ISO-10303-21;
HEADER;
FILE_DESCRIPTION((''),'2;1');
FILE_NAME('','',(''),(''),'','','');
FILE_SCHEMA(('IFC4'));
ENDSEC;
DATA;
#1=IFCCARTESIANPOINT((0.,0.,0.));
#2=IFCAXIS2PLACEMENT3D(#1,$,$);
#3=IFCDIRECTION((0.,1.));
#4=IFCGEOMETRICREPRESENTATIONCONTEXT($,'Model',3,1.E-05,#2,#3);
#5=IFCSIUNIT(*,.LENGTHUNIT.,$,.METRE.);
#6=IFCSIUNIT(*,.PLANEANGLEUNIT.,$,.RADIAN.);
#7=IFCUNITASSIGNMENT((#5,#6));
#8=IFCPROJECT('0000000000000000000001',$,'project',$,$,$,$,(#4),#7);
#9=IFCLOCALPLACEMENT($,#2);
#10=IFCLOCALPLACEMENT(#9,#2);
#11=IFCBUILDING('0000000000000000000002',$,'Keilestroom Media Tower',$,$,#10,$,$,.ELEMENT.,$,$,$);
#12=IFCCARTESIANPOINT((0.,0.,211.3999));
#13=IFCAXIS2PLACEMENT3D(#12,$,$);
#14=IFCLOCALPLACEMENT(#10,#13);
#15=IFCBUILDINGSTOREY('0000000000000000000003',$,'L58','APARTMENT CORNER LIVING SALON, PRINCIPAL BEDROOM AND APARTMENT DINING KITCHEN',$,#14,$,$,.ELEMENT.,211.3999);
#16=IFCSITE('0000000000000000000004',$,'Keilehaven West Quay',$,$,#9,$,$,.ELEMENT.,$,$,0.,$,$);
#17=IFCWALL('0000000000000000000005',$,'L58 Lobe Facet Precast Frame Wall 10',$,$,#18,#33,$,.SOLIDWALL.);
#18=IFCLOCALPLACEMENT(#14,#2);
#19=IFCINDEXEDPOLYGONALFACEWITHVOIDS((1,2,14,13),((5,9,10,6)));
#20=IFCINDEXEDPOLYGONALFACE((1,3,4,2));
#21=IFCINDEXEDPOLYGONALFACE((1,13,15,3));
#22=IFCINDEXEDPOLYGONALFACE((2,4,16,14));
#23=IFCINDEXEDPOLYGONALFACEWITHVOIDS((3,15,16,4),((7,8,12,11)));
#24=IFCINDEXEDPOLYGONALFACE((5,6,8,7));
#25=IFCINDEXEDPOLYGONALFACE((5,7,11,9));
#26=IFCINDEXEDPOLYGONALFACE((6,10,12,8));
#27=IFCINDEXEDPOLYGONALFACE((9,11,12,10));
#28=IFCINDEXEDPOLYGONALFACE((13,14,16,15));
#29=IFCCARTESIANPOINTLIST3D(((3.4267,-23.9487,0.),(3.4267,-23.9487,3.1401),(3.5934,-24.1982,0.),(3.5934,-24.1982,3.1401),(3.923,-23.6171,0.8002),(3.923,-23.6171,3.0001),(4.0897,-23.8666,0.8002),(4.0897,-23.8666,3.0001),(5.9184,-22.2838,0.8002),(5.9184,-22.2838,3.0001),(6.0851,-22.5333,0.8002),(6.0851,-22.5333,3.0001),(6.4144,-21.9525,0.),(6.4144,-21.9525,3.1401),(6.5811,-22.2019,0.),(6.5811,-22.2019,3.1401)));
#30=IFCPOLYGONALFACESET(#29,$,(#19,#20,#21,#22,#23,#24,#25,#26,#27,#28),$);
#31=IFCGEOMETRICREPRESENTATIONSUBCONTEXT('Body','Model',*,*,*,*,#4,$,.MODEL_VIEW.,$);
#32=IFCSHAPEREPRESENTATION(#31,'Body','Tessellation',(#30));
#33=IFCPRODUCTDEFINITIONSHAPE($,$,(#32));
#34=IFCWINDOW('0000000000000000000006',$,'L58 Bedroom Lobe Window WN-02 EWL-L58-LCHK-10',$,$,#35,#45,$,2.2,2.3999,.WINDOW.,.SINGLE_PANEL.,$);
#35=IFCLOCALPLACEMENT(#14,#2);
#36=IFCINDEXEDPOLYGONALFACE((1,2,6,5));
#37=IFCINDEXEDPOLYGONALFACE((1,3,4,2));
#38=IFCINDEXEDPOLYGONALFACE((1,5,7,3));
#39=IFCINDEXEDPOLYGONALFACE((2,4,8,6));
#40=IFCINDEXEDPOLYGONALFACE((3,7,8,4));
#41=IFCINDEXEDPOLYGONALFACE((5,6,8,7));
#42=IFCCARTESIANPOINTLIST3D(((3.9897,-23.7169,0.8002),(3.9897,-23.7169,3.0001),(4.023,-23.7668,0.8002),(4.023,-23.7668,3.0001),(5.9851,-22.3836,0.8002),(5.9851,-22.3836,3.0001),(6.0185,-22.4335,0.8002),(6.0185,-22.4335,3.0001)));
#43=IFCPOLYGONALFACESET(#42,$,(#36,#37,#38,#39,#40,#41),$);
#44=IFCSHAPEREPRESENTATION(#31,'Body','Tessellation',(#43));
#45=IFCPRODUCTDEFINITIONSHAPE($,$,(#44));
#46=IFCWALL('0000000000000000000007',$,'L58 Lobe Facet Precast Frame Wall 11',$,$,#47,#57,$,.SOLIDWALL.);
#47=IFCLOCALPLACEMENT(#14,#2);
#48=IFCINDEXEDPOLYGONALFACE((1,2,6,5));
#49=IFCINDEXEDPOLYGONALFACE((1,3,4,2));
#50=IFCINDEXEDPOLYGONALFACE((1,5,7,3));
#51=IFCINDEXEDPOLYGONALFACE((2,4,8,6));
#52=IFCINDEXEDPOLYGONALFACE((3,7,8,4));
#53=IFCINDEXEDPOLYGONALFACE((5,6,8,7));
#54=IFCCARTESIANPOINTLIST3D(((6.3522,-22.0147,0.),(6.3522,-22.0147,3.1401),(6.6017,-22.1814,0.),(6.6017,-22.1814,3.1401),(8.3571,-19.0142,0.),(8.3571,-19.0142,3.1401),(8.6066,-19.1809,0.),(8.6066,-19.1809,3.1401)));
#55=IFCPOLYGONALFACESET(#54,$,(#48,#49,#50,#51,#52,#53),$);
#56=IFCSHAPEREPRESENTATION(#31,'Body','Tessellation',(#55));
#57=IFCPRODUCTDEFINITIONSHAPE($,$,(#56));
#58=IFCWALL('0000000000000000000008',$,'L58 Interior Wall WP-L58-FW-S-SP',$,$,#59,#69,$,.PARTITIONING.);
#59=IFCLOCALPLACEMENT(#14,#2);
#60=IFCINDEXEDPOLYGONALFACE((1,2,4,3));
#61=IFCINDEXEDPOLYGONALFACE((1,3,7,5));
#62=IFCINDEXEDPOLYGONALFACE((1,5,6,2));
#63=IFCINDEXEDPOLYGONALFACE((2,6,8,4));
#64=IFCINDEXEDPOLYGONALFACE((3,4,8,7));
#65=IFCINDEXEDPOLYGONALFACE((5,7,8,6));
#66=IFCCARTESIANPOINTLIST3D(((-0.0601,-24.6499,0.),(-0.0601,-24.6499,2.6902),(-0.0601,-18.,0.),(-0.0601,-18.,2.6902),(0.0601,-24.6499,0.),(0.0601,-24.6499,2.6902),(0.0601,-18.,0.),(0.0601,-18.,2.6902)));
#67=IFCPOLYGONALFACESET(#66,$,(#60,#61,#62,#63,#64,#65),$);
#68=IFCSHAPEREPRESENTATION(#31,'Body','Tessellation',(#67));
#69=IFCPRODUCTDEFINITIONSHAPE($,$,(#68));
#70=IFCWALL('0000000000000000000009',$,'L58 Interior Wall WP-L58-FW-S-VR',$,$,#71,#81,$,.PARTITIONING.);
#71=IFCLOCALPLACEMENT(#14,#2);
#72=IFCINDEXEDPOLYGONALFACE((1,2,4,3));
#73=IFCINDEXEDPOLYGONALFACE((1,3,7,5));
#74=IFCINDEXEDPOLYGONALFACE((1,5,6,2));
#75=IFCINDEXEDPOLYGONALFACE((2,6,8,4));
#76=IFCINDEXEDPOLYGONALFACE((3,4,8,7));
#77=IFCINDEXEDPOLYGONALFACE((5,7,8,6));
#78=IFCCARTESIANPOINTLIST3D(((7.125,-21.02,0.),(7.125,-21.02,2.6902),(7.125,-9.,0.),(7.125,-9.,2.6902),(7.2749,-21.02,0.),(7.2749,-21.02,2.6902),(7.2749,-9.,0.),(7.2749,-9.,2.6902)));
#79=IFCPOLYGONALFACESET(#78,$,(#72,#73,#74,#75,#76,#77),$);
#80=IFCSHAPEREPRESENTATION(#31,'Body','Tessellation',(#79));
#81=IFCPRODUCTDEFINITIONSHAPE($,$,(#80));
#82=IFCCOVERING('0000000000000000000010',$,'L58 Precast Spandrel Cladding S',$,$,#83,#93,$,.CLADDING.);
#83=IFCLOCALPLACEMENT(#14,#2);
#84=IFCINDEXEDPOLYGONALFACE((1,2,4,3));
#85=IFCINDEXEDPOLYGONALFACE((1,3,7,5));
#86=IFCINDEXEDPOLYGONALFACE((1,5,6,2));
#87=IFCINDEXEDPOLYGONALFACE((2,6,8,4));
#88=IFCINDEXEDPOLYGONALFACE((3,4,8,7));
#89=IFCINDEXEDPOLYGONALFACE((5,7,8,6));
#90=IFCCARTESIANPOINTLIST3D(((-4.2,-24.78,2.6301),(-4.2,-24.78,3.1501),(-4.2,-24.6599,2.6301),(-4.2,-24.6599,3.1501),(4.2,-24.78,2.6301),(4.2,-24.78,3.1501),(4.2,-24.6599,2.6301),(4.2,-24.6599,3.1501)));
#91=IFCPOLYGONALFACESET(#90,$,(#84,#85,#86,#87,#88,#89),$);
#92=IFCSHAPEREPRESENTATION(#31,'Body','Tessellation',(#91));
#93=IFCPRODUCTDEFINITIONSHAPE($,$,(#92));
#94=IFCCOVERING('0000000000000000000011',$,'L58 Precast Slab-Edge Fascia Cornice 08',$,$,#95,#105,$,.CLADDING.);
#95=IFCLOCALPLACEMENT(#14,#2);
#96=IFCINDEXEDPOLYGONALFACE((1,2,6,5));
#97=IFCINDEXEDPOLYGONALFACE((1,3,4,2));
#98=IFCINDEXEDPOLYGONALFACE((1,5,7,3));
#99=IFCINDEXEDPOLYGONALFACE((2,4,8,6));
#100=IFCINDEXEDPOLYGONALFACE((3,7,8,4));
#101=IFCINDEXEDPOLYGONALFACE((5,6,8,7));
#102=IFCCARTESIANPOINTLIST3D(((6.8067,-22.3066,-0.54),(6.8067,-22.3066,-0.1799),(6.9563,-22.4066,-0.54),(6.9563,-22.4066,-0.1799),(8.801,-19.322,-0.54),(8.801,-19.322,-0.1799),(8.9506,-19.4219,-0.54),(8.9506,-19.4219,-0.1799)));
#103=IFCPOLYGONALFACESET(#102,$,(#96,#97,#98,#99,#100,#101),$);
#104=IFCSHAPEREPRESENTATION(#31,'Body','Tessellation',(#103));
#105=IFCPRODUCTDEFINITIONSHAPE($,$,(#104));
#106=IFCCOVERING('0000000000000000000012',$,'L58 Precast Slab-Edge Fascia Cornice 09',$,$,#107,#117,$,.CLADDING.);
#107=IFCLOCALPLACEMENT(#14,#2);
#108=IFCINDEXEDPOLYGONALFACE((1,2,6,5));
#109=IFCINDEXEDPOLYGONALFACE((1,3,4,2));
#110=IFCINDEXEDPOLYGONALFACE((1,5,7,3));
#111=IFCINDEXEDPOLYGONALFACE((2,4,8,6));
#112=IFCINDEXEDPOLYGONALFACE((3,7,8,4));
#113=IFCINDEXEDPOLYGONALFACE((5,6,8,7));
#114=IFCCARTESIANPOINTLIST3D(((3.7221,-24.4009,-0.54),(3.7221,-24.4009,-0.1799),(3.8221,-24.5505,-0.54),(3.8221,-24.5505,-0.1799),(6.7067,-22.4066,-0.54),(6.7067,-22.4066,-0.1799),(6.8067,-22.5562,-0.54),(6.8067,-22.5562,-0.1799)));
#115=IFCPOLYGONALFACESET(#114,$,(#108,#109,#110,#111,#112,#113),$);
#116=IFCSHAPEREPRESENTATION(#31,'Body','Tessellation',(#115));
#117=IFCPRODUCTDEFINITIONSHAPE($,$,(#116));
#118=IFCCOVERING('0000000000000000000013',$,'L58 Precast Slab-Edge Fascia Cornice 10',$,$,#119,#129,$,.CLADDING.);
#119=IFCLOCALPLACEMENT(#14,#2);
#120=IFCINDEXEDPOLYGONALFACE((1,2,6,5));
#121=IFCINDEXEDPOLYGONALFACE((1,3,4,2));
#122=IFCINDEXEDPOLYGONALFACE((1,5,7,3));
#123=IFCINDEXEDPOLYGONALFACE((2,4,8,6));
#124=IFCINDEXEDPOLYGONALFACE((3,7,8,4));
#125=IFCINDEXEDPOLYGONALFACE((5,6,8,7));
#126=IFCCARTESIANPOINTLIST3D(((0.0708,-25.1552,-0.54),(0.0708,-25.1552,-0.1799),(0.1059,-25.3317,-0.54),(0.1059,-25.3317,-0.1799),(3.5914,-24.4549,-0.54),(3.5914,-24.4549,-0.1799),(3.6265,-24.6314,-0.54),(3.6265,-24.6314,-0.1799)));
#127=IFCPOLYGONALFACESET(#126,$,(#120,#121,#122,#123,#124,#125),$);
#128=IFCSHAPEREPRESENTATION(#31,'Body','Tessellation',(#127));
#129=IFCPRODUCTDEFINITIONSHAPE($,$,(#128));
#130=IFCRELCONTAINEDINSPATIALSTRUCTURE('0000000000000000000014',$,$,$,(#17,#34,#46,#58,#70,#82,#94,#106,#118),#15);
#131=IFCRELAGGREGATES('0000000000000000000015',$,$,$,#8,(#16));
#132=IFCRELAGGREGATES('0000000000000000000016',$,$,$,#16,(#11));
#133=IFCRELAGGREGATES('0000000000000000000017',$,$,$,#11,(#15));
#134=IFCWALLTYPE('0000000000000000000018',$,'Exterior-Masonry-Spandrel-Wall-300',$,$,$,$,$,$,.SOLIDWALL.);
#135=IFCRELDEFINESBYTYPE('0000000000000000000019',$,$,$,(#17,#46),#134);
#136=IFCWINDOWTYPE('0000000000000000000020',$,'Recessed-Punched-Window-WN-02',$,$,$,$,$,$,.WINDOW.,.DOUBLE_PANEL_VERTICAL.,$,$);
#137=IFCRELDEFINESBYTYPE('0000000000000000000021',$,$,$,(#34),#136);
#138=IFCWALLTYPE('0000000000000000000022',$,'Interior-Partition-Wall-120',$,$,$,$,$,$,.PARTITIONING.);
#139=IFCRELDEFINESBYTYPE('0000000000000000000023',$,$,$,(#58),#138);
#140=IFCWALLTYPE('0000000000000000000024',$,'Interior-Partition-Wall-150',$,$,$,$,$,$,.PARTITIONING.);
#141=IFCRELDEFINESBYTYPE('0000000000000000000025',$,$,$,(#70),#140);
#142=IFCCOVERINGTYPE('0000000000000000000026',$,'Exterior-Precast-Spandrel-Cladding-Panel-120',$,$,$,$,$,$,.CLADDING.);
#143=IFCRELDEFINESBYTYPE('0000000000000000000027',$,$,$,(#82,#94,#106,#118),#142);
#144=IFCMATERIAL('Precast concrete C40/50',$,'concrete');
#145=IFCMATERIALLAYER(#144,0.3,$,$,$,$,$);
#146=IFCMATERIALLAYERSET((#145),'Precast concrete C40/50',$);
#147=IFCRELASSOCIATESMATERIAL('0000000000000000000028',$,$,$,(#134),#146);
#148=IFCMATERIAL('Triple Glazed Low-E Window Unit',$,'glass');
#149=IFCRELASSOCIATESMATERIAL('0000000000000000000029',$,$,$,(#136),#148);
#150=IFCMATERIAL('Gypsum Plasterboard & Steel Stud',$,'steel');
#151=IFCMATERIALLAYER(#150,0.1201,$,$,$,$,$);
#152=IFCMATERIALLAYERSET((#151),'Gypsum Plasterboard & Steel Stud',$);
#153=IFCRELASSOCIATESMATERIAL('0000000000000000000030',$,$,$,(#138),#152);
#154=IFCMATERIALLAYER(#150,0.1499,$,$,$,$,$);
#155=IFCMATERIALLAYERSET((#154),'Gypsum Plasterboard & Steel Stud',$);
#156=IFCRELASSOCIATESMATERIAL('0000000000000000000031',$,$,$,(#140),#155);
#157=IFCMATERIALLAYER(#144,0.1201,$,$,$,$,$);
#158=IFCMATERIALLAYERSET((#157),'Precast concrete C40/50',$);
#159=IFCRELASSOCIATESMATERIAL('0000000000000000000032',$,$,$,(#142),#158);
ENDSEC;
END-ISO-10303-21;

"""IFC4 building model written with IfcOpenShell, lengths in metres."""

from ifc_helpers import new_model, si_unit, direction, frame, frame_2d, origin, origin_2d, place, context, subcontext, project, spatial, rectangle, extrude, source, transform, mapped, material, layer, layer_set, type_object, element, fill, save


model = new_model("IFC4")

# Units and contexts
model_context = context("Model", 3, precision=1e-05, world=origin(), true_north=direction((0.0, 1.0)))
body_context = subcontext(model_context, "Body", "Model", "MODEL_VIEW")
ifc_project = project(units=[si_unit("LENGTHUNIT", "METRE"), si_unit("PLANEANGLEUNIT", "RADIAN")], contexts=[model_context])

# Site, building, storey
site_placement = place(None, origin())
site = spatial("IfcSite", under=ifc_project, at=site_placement, Name="Keilehaven West Quay", CompositionType="ELEMENT", RefElevation=0.0)
building_placement = place(site_placement, origin())
building = spatial("IfcBuilding", under=site, at=building_placement, Name="Keilestroom Media Tower", CompositionType="ELEMENT")
storey_placement = place(building_placement, frame((0.0, 0.0, 211.3999)))
storey = spatial("IfcBuildingStorey", under=building, at=storey_placement, Name="L58", Description="APARTMENT CORNER LIVING SALON, PRINCIPAL BEDROOM AND APARTMENT DINING KITCHEN", CompositionType="ELEMENT", Elevation=211.3999)

# Wall, opening, window
ifc_material_1 = material(Name="Precast concrete C40/50", Category="concrete")
ifc_layer_1 = layer(ifc_material_1, 0.3)
ifc_layer_set_1 = layer_set([ifc_layer_1], Name="Precast concrete C40/50")
wall_type_1 = type_object("IfcWallType", Name="Exterior-Masonry-Spandrel-Wall-300", PredefinedType="SOLIDWALL", material=ifc_layer_set_1)
wall_1_placement = place(storey_placement, frame((3.51, -24.0735, 0.0), z_axis=(0.0, 0.0, 1.0), x_axis=(0.831475, 0.555562, 0.0)))
wall_1 = element("IfcWall", 1, at=wall_1_placement, inside=storey, type_object=wall_type_1, Name="L58 Lobe Facet Precast Frame Wall 10", PredefinedType="SOLIDWALL", context=body_context, shape_type="SweptSolid", body=[
    extrude(rectangle(XDim=3.5933, YDim=0.3, at=frame_2d((1.7966, 0.0))), origin(), (0.0, 0.0, 1.0), 3.1401),
])
opening_placement = place(wall_1_placement, frame((0.5969, 0.0, 0.8)))
opening = element("IfcOpeningElement", 2, at=opening_placement, cuts=wall_1, PredefinedType="OPENING", context=body_context, shape_type="SweptSolid", body=[
    extrude(rectangle(XDim=2.3999, YDim=2.2, at=frame_2d((1.2, 1.1001))), frame((0.0, 0.1602, 0.0), z_axis=(0.0, -1.0, 0.0), x_axis=(1.0, 0.0, 0.0)), (0.0, 0.0, 1.0), 0.3201),
])
ifc_material_2 = material(Name="Triple Glazed Low-E Window Unit", Category="glass")
window_type = type_object("IfcWindowType", Name="Recessed-Punched-Window-WN-02", PartitioningType="DOUBLE_PANEL_VERTICAL", PredefinedType="WINDOW", material=ifc_material_2)
shared_shape_1 = source(origin(), body_context, "Body", "SweptSolid", [
    extrude(rectangle(XDim=2.3999, YDim=2.2, at=frame_2d((1.2, 1.1001))), frame((0.0, 0.03, 0.0), z_axis=(0.0, -1.0, 0.0), x_axis=(1.0, 0.0, 0.0)), (0.0, 0.0, 1.0), 0.0601),
])
window_placement = place(opening_placement, origin())
window = element("IfcWindow", 3, at=window_placement, inside=storey, type_object=window_type, Name="L58 Bedroom Lobe Window WN-02 EWL-L58-LCHK-10", OverallHeight=2.2, OverallWidth=2.3999, PartitioningType="SINGLE_PANEL", PredefinedType="WINDOW", context=body_context, shape_type="MappedRepresentation", body=[
    mapped(shared_shape_1, transform((0.0, 0.0, 0.0), x_axis=(1.0, 0.0, 0.0), y_axis=(0.0, 1.0, 0.0), z_axis=(0.0, 0.0, 1.0), scale=1.0)),
])
fill(opening, window)

# Walls
wall_2_placement = place(storey_placement, frame((6.4771, -22.0979, 0.0), z_axis=(0.0, 0.0, 1.0), x_axis=(0.555574, 0.831467, 0.0)))
element("IfcWall", 4, at=wall_2_placement, inside=storey, type_object=wall_type_1, Name="L58 Lobe Facet Precast Frame Wall 11", PredefinedType="SOLIDWALL", context=body_context, shape_type="SweptSolid", body=[
    extrude(rectangle(XDim=3.6086, YDim=0.3, at=frame_2d((1.8042, 0.0))), origin(), (0.0, 0.0, 1.0), 3.1401),
])
ifc_material_3 = material(Name="Gypsum Plasterboard & Steel Stud", Category="steel")
ifc_layer_2 = layer(ifc_material_3, 0.1201)
ifc_layer_set_2 = layer_set([ifc_layer_2], Name="Gypsum Plasterboard & Steel Stud")
wall_type_2 = type_object("IfcWallType", Name="Interior-Partition-Wall-120", PredefinedType="PARTITIONING", material=ifc_layer_set_2)
wall_3_placement = place(storey_placement, frame((0.0, -24.6499, 0.0), z_axis=(0.0, 0.0, 1.0), x_axis=(0.0, 1.0, 0.0)))
element("IfcWall", 5, at=wall_3_placement, inside=storey, type_object=wall_type_2, Name="L58 Interior Wall WP-L58-FW-S-SP", PredefinedType="PARTITIONING", context=body_context, shape_type="SweptSolid", body=[
    extrude(rectangle(XDim=6.6499, YDim=0.1201, at=frame_2d((3.325, 0.0))), origin(), (0.0, 0.0, 1.0), 2.6902),
])
ifc_layer_3 = layer(ifc_material_3, 0.1499)
ifc_layer_set_3 = layer_set([ifc_layer_3], Name="Gypsum Plasterboard & Steel Stud")
wall_type_3 = type_object("IfcWallType", Name="Interior-Partition-Wall-150", PredefinedType="PARTITIONING", material=ifc_layer_set_3)
wall_4_placement = place(storey_placement, frame((7.2, -21.02, 0.0), z_axis=(0.0, 0.0, 1.0), x_axis=(0.0, 1.0, 0.0)))
element("IfcWall", 6, at=wall_4_placement, inside=storey, type_object=wall_type_3, Name="L58 Interior Wall WP-L58-FW-S-VR", PredefinedType="PARTITIONING", context=body_context, shape_type="SweptSolid", body=[
    extrude(rectangle(XDim=12.02, YDim=0.1499, at=frame_2d((6.01, 0.0))), origin(), (0.0, 0.0, 1.0), 2.6902),
])

# Coverings
ifc_layer_4 = layer(ifc_material_1, 0.1201)
ifc_layer_set_4 = layer_set([ifc_layer_4], Name="Precast concrete C40/50")
covering_type = type_object("IfcCoveringType", Name="Exterior-Precast-Spandrel-Cladding-Panel-120", PredefinedType="CLADDING", material=ifc_layer_set_4)
shared_shape_2 = source(origin(), body_context, "Body", "SweptSolid", [
    extrude(rectangle(XDim=8.3999, YDim=0.1201, at=origin_2d()), origin(), (0.0, 0.0, 1.0), 0.52),
])
covering_placement = place(storey_placement, frame((0.0, -24.72, 2.6301), z_axis=(0.0, 0.0, 1.0), x_axis=(1.0, 0.0, 0.0)))
element("IfcCovering", 7, at=covering_placement, inside=storey, type_object=covering_type, Name="L58 Precast Spandrel Cladding S", PredefinedType="CLADDING", context=body_context, shape_type="MappedRepresentation", body=[
    mapped(shared_shape_2, transform((0.0, 0.0, 0.0), x_axis=(1.0, 0.0, 0.0), y_axis=(0.0, 1.0, 0.0), z_axis=(0.0, 0.0, 1.0), scale=1.0)),
])
shared_shape_3 = source(origin(), body_context, "Body", "SweptSolid", [
    extrude(rectangle(XDim=3.5896, YDim=0.1799, at=origin_2d()), origin(), (0.0, 0.0, 1.0), 0.3601),
])
for number, where, z_axis, x_axis, name in (
    (8, (7.8787, -20.8643, -0.54), (0.0, 0.0, 1.0), (-0.555575, -0.831467, 0.0), "L58 Precast Slab-Edge Fascia Cornice 08"),
    (9, (5.2644, -23.4785, -0.54), (0.0, 0.0, 1.0), (-0.831467, -0.555575, 0.0), "L58 Precast Slab-Edge Fascia Cornice 09"),
    (10, (1.8486, -24.8933, -0.54), (0.0, 0.0, 1.0), (-0.980784, -0.195099, 0.0), "L58 Precast Slab-Edge Fascia Cornice 10"),
):
    element("IfcCovering", number, at=place(storey_placement, frame(where, z_axis=z_axis, x_axis=x_axis)), inside=storey, type_object=covering_type, Name=name, PredefinedType="CLADDING", context=body_context, shape_type="MappedRepresentation", body=[
        mapped(shared_shape_3, transform((0.0, 0.0, 0.0), x_axis=(1.0, 0.0, 0.0), y_axis=(0.0, 1.0, 0.0), z_axis=(0.0, 0.0, 1.0), scale=1.0)),
    ])

save(model, "model.ifc")
